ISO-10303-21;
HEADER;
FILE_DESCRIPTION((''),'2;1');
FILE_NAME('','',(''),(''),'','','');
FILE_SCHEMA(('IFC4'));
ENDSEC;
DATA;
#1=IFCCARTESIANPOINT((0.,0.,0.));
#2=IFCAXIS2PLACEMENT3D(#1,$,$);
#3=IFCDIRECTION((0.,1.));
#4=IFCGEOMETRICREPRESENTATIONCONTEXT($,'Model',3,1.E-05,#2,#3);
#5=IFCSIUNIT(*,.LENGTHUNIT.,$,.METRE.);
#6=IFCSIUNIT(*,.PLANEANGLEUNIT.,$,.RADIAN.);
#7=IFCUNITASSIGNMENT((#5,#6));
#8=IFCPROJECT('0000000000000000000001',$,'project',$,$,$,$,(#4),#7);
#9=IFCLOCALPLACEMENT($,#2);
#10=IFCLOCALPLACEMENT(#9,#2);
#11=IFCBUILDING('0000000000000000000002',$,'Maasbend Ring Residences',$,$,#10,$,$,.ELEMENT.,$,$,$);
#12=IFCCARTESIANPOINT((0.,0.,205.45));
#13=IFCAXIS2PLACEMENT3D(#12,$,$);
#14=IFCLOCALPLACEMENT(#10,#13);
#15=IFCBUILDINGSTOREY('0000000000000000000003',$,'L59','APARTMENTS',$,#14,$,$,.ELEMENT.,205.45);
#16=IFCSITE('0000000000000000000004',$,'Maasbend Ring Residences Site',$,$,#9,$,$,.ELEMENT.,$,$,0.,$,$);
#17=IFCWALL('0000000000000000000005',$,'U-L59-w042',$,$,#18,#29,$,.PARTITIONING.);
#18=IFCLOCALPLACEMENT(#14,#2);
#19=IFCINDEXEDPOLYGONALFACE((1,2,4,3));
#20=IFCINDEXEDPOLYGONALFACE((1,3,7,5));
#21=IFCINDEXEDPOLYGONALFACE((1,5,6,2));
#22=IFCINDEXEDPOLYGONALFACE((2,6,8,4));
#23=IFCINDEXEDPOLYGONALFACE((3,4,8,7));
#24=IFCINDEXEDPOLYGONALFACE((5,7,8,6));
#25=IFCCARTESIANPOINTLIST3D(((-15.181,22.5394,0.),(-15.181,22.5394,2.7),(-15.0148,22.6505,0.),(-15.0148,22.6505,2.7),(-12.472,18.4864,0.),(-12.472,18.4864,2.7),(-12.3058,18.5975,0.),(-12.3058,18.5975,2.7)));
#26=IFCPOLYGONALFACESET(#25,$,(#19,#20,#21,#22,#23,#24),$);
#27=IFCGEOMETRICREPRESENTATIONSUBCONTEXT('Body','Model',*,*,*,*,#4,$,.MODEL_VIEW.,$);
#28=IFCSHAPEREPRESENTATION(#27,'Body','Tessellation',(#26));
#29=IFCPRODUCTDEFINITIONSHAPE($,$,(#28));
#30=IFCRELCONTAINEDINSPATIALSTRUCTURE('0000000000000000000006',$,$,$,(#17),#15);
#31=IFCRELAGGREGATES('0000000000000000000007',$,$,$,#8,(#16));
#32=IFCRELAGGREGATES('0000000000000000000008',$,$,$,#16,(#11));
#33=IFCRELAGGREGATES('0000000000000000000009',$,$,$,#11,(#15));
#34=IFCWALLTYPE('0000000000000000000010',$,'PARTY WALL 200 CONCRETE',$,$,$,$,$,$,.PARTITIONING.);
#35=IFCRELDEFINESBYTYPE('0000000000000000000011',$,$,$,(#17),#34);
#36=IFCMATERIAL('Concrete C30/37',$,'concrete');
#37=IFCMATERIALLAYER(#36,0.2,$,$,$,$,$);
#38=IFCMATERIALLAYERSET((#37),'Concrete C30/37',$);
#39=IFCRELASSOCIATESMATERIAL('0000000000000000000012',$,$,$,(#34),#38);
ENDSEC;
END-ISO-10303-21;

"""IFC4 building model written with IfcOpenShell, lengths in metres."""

from ifc_helpers import new_model, si_unit, direction, frame, frame_2d, origin, place, context, subcontext, project, spatial, rectangle, extrude, material, layer, layer_set, type_object, element, save


model = new_model("IFC4")

# Units and contexts
model_context = context("Model", 3, precision=1e-05, world=origin(), true_north=direction((0.0, 1.0)))
body_context = subcontext(model_context, "Body", "Model", "MODEL_VIEW")
ifc_project = project(units=[si_unit("LENGTHUNIT", "METRE"), si_unit("PLANEANGLEUNIT", "RADIAN")], contexts=[model_context])

# Site, building, storey
site_placement = place(None, origin())
site = spatial("IfcSite", under=ifc_project, at=site_placement, Name="Maasbend Ring Residences Site", CompositionType="ELEMENT", RefElevation=0.0)
building_placement = place(site_placement, origin())
building = spatial("IfcBuilding", under=site, at=building_placement, Name="Maasbend Ring Residences", CompositionType="ELEMENT")
storey_placement = place(building_placement, frame((0.0, 0.0, 205.45)))
storey = spatial("IfcBuildingStorey", under=building, at=storey_placement, Name="L59", Description="APARTMENTS", CompositionType="ELEMENT", Elevation=205.45)

# Wall
ifc_material_1 = material(Name="Concrete C30/37", Category="concrete")
ifc_layer_1 = layer(ifc_material_1, 0.2)
ifc_layer_set_1 = layer_set([ifc_layer_1], Name="Concrete C30/37")
wall_type_1 = type_object("IfcWallType", Name="PARTY WALL 200 CONCRETE", PredefinedType="PARTITIONING", material=ifc_layer_set_1)
wall_1_placement = place(storey_placement, frame((-15.0979, 22.595, 0.0), z_axis=(0.0, 0.0, 1.0), x_axis=(0.555694, -0.831387, 0.0)))
element("IfcWall", 1, at=wall_1_placement, inside=storey, type_object=wall_type_1, Name="U-L59-w042", PredefinedType="PARTITIONING", context=body_context, shape_type="SweptSolid", body=[
    extrude(rectangle(XDim=4.875, YDim=0.2, at=frame_2d((2.4375, 0.0))), origin(), (0.0, 0.0, 1.0), 2.7),
])

save(model, "model.ifc")
